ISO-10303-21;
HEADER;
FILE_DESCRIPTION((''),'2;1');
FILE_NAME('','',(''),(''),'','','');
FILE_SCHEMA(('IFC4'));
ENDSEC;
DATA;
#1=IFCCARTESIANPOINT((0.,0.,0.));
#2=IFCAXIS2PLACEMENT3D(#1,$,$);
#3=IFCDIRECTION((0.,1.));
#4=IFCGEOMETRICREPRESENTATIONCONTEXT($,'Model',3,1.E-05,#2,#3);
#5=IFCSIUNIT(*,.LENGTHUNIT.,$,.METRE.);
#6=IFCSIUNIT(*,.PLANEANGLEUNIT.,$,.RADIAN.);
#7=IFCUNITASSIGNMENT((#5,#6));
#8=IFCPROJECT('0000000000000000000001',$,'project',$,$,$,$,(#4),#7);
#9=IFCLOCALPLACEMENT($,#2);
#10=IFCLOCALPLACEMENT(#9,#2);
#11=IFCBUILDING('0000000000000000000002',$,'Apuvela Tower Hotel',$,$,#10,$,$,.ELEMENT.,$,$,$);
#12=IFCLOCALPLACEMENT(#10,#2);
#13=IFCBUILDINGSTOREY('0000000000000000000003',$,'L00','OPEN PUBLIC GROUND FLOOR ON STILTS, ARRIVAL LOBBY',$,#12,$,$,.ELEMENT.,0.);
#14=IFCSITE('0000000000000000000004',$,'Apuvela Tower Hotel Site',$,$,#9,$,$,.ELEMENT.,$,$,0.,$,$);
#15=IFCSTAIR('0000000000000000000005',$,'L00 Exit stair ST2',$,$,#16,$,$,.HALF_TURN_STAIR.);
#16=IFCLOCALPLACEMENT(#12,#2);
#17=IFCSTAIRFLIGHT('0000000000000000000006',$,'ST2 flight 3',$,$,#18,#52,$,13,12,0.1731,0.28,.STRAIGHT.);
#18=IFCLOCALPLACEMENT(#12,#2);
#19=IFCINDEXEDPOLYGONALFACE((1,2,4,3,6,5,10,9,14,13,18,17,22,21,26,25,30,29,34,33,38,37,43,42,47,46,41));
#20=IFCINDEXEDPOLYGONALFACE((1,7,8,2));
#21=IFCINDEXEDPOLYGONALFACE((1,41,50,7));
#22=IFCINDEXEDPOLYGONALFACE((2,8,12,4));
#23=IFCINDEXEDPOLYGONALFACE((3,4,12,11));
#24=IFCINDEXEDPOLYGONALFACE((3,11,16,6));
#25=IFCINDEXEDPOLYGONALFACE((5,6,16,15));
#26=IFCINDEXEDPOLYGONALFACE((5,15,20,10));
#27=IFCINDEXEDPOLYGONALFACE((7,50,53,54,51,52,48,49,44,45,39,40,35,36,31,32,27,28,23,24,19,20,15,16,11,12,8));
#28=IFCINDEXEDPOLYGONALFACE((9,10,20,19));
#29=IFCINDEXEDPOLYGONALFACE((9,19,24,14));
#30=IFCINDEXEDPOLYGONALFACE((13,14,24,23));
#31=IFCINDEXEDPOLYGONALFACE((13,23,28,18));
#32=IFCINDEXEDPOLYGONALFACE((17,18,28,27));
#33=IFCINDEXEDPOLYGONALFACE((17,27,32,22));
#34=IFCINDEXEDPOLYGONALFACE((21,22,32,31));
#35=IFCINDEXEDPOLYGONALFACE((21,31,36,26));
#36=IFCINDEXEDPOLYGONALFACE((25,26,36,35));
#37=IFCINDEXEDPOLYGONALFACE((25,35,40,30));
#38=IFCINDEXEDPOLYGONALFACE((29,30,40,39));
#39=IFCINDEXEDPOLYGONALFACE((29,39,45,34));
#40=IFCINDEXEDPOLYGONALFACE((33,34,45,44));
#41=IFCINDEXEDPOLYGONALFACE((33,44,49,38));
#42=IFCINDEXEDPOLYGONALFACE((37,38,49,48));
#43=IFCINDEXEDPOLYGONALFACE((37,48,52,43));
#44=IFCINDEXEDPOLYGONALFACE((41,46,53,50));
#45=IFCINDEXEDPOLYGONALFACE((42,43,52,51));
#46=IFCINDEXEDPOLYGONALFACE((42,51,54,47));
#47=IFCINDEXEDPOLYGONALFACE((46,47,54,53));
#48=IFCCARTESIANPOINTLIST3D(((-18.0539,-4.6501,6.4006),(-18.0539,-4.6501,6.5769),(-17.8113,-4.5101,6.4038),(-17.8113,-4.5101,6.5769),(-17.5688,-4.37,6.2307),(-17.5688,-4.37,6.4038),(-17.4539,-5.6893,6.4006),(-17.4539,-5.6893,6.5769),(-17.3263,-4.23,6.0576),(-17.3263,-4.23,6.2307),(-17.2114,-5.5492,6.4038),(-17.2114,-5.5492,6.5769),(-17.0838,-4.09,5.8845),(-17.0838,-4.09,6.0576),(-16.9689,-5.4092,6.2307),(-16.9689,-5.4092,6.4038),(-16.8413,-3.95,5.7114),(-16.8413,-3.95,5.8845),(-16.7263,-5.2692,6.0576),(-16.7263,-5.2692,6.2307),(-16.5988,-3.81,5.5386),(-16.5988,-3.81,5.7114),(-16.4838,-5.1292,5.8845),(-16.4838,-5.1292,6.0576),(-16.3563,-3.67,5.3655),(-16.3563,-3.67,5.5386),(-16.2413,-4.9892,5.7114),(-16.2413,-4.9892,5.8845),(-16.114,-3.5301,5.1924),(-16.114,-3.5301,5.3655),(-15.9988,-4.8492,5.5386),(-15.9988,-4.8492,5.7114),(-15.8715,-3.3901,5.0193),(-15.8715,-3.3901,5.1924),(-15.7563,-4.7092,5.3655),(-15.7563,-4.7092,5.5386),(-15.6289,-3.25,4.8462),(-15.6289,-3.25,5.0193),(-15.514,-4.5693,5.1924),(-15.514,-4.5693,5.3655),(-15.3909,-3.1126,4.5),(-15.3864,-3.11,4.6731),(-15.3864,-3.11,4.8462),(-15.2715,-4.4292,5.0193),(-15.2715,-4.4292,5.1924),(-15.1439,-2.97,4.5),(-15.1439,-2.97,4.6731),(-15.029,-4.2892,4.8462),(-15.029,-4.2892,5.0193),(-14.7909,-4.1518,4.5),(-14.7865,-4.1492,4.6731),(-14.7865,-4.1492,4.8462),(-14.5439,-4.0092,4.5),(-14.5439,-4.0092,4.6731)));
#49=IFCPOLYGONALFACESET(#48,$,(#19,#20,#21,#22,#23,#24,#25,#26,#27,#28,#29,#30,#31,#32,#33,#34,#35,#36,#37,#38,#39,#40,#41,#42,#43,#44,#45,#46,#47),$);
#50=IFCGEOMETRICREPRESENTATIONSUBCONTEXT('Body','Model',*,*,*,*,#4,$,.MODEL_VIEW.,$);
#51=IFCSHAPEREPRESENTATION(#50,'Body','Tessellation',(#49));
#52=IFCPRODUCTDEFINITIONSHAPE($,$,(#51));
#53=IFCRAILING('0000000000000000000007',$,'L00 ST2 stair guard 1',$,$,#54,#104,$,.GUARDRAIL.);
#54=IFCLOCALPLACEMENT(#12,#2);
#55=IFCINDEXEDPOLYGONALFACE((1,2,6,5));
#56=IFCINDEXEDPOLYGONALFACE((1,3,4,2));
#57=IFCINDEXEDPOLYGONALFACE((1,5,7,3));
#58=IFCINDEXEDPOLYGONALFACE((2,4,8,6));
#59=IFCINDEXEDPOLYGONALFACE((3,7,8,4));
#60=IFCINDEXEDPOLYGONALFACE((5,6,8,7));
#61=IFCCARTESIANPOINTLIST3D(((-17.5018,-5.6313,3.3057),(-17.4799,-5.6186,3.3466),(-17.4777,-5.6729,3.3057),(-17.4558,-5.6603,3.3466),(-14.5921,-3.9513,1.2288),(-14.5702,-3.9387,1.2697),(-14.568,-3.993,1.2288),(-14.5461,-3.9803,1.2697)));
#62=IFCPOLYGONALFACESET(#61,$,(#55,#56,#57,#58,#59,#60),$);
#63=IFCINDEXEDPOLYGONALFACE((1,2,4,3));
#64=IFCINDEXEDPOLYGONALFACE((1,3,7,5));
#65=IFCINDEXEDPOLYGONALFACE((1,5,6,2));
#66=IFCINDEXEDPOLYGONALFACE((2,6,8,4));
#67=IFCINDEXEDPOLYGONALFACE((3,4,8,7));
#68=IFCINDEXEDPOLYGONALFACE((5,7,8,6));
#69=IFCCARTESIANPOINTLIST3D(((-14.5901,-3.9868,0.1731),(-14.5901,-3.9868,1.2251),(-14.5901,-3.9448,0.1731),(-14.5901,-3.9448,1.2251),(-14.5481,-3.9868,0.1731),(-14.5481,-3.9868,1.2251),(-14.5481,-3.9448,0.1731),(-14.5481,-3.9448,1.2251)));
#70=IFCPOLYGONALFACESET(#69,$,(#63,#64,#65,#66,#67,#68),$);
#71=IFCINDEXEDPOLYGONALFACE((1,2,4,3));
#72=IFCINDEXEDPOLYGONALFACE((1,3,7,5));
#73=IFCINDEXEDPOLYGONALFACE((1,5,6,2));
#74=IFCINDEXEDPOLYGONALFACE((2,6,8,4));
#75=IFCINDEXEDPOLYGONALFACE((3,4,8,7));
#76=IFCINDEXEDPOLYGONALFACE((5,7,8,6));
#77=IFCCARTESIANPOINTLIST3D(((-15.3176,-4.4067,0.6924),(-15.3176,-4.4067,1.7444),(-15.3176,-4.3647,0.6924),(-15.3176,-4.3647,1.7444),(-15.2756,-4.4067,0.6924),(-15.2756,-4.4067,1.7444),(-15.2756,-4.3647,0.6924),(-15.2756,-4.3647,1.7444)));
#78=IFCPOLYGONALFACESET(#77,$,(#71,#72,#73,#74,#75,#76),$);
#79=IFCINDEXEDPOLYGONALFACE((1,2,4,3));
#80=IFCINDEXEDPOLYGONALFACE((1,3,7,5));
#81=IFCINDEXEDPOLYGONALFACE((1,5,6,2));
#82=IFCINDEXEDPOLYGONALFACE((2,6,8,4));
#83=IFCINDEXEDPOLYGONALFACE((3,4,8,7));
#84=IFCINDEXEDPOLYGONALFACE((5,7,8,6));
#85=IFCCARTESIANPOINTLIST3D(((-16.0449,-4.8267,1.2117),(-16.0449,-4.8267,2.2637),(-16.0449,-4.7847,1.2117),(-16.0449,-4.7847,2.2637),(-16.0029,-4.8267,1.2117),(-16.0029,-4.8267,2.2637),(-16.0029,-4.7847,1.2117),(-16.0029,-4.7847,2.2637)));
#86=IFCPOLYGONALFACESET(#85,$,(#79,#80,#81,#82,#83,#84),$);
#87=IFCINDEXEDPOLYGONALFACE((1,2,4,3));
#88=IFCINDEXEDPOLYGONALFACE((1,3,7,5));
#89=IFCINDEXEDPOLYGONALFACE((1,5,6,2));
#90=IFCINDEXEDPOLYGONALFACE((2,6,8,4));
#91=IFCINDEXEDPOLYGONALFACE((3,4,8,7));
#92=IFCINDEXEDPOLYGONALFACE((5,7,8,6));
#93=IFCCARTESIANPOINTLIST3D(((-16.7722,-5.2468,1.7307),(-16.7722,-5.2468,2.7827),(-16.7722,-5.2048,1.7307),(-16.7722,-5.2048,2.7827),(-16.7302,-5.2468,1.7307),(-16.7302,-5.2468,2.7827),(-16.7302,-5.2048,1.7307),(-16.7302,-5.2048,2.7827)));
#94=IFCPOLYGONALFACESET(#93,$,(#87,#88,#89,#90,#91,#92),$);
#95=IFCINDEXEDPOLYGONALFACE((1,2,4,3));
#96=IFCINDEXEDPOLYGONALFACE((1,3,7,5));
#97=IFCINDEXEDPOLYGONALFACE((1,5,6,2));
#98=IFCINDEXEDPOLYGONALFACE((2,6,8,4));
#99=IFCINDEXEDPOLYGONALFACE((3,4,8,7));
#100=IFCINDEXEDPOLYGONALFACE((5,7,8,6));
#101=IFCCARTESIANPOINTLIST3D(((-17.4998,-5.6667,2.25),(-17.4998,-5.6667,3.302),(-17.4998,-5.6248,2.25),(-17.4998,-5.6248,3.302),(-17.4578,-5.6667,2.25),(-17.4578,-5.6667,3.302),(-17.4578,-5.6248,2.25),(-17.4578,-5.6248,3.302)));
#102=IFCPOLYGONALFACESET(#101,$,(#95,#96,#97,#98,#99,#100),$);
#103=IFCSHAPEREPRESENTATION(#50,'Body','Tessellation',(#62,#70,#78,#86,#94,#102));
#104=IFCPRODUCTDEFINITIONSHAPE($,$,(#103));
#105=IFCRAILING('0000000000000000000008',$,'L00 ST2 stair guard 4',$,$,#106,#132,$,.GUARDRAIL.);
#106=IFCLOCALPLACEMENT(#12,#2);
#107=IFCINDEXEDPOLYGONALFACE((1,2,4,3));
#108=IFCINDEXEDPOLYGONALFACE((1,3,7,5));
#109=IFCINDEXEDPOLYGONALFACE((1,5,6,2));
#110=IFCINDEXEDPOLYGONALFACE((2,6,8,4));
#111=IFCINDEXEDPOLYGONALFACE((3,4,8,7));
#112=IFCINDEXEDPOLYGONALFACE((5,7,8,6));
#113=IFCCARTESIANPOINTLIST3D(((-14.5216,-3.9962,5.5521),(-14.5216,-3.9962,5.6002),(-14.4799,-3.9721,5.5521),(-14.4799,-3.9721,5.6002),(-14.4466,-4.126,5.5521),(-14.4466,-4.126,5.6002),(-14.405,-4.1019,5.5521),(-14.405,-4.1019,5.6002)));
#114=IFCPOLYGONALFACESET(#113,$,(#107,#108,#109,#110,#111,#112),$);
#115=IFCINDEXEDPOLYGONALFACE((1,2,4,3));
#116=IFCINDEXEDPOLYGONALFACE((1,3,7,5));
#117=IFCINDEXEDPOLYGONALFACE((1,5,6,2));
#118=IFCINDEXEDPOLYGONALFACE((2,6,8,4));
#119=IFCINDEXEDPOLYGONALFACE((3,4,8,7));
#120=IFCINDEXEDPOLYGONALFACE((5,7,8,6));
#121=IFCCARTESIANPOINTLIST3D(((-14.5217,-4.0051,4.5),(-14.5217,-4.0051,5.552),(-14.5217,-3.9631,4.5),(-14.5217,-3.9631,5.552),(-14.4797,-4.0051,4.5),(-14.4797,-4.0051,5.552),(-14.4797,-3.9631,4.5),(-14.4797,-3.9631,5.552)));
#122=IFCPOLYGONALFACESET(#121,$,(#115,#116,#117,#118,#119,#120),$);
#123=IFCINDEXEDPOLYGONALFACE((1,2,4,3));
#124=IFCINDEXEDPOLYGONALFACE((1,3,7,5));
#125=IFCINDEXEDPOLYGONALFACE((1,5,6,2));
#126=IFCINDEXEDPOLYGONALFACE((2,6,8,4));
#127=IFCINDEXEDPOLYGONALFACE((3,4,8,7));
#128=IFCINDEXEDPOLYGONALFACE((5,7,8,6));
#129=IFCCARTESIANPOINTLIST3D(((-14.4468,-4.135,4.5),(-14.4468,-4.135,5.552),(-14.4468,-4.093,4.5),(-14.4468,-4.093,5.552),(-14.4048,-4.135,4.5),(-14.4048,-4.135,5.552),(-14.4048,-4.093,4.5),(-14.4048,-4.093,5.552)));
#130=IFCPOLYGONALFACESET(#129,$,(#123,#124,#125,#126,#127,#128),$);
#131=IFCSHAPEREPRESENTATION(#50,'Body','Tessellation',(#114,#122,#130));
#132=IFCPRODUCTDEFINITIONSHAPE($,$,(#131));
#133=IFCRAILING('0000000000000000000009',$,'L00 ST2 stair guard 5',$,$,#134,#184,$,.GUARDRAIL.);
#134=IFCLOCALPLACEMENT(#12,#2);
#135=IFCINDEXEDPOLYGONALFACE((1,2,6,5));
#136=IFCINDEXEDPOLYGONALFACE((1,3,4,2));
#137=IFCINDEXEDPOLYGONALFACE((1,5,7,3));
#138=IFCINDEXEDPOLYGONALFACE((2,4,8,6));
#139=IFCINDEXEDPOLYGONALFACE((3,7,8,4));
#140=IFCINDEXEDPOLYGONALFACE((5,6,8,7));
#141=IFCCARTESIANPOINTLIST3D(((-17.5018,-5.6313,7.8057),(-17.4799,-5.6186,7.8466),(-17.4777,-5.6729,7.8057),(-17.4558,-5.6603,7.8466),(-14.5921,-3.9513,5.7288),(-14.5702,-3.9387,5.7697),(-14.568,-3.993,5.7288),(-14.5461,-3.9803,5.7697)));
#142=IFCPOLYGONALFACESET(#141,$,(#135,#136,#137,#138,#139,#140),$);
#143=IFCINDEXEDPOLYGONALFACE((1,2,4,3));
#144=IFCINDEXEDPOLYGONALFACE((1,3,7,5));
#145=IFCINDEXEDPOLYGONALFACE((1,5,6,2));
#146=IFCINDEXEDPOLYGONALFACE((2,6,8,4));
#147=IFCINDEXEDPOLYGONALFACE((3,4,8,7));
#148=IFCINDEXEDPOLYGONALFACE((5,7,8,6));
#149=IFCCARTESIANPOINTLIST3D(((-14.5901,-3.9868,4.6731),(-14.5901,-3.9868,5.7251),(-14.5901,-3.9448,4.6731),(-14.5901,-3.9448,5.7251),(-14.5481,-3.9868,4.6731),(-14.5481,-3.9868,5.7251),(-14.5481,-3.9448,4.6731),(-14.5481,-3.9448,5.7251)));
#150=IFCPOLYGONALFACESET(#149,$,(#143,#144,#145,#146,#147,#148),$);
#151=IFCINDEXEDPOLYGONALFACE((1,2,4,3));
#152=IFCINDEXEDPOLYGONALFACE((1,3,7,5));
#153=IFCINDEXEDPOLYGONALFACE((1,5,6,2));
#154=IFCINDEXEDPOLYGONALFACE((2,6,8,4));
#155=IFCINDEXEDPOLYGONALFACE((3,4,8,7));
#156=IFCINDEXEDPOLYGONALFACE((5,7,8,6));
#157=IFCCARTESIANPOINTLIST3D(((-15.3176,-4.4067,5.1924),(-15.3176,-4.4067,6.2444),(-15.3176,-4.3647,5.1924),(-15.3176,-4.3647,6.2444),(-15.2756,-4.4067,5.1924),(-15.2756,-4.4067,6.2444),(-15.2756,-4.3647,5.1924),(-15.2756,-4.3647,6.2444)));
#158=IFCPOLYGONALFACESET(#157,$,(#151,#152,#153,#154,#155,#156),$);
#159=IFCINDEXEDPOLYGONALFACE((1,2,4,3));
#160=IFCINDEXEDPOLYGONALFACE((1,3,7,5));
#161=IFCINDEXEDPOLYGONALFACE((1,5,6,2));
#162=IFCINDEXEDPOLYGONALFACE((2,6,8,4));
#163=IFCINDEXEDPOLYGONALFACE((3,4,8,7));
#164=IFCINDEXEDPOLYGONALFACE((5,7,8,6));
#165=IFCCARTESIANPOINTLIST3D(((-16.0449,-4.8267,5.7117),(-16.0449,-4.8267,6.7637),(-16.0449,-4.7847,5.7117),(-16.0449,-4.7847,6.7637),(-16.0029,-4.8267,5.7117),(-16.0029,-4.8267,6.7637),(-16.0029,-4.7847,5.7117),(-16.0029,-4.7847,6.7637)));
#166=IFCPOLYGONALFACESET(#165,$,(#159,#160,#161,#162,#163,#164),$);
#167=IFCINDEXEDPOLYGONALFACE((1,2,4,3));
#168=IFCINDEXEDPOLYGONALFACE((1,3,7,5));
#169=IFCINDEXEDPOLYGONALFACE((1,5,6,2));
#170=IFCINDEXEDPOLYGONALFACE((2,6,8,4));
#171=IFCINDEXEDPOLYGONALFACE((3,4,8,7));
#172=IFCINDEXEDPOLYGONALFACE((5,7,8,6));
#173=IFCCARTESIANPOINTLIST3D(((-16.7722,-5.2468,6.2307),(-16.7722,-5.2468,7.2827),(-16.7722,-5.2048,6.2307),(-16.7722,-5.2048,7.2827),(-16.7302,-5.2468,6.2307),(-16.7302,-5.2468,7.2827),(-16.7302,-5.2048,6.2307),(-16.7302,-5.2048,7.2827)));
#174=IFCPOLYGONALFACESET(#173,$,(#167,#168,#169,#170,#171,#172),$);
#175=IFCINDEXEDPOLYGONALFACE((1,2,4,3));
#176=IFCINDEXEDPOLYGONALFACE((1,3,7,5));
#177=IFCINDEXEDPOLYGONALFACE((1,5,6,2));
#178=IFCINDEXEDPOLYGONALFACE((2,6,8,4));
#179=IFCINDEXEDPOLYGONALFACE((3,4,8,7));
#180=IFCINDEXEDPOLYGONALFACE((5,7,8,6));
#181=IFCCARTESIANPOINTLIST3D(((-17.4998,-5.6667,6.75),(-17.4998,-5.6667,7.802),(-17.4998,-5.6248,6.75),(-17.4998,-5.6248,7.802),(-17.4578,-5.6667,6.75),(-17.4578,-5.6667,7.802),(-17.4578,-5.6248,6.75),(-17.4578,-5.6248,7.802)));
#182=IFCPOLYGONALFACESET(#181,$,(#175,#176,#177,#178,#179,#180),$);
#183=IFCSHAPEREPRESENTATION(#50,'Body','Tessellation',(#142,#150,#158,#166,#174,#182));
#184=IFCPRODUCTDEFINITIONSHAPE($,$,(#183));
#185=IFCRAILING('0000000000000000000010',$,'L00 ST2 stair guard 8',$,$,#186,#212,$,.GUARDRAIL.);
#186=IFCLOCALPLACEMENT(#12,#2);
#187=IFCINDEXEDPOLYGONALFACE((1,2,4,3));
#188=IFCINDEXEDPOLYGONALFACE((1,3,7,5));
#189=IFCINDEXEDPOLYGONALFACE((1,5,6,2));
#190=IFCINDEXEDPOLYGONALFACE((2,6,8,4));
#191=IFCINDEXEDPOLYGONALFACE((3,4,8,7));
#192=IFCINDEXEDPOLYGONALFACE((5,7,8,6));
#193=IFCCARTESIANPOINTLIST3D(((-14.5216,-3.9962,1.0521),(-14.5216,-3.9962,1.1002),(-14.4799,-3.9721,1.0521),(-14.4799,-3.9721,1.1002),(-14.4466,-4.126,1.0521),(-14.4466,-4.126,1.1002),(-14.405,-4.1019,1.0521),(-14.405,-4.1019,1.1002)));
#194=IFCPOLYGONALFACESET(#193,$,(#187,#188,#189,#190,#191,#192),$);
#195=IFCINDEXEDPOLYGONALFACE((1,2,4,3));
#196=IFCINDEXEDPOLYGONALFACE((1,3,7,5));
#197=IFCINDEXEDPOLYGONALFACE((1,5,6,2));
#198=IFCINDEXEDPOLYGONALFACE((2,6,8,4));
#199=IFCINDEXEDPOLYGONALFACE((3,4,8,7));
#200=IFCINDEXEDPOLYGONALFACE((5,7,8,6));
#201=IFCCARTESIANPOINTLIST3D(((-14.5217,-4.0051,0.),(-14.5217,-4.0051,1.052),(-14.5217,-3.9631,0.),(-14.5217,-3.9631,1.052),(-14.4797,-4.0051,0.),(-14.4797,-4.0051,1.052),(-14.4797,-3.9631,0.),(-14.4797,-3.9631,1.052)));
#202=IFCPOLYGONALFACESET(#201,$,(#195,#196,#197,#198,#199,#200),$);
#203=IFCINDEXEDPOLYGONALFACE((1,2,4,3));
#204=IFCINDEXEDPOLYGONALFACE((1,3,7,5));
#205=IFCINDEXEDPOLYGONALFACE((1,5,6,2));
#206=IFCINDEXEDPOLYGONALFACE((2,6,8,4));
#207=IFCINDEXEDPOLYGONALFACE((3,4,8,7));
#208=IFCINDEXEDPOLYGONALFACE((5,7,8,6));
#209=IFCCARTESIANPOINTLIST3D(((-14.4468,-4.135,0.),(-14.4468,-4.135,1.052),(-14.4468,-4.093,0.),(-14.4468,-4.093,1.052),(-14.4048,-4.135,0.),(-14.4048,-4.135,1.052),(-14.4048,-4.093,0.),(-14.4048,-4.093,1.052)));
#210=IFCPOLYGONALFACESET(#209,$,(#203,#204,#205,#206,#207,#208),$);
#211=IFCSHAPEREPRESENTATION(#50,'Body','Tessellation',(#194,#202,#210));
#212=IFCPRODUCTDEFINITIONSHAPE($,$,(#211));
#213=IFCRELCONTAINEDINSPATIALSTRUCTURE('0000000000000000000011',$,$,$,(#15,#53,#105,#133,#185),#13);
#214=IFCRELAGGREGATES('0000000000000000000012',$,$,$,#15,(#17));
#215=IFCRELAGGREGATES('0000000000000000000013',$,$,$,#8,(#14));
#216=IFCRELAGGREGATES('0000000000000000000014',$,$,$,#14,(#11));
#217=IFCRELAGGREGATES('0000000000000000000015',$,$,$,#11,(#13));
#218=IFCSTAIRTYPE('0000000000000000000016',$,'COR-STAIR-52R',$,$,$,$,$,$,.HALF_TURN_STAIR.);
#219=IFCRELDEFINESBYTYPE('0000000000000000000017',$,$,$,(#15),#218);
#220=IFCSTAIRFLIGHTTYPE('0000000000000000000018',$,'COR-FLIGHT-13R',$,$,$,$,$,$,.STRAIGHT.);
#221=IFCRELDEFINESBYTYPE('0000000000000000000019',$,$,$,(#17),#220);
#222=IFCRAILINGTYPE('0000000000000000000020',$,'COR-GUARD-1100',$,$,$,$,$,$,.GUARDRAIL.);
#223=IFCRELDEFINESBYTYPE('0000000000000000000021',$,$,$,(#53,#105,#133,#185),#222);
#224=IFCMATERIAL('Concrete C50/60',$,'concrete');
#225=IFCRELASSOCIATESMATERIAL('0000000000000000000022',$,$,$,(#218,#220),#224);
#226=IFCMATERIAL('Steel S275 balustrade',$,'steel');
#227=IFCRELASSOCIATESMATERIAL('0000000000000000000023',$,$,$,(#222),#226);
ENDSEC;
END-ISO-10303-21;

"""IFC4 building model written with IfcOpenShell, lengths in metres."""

from ifc_helpers import new_model, si_unit, direction, frame, origin, origin_2d, place, context, subcontext, project, spatial, polyline, rectangle, outline, extrude, material, type_object, element, aggregate, save


model = new_model("IFC4")

# Units and contexts
model_context = context("Model", 3, precision=1e-05, world=origin(), true_north=direction((0.0, 1.0)))
body_context = subcontext(model_context, "Body", "Model", "MODEL_VIEW")
ifc_project = project(units=[si_unit("LENGTHUNIT", "METRE"), si_unit("PLANEANGLEUNIT", "RADIAN")], contexts=[model_context])

# Site, building, storey
site_placement = place(None, origin())
site = spatial("IfcSite", under=ifc_project, at=site_placement, Name="Apuvela Tower Hotel Site", CompositionType="ELEMENT", RefElevation=0.0)
building_placement = place(site_placement, origin())
building = spatial("IfcBuilding", under=site, at=building_placement, Name="Apuvela Tower Hotel", CompositionType="ELEMENT")
storey_placement = place(building_placement, origin())
storey = spatial("IfcBuildingStorey", under=building, at=storey_placement, Name="L00", Description="OPEN PUBLIC GROUND FLOOR ON STILTS, ARRIVAL LOBBY", CompositionType="ELEMENT", Elevation=0.0)

# Shared definitions
ifc_material_1 = material(Name="Concrete C50/60", Category="concrete")

# Stair, stair flight
stair_type = type_object("IfcStairType", Name="COR-STAIR-52R", PredefinedType="HALF_TURN_STAIR", material=ifc_material_1)
stair_placement = place(storey_placement, origin())
stair = element("IfcStair", 1, at=stair_placement, inside=storey, type_object=stair_type, Name="L00 Exit stair ST2", PredefinedType="HALF_TURN_STAIR")
stair_flight_type = type_object("IfcStairFlightType", Name="COR-FLIGHT-13R", PredefinedType="STRAIGHT", material=ifc_material_1)
stair_flight_1_placement = place(storey_placement, frame((-14.844, -3.4895, 4.5), z_axis=(0.0, 0.0, 1.0), x_axis=(-0.866025, -0.5, 0.0)))
stair_flight_1 = element("IfcStairFlight", 2, at=stair_flight_1_placement, type_object=stair_flight_type, Name="ST2 flight 3", NumberOfRisers=13, NumberOfTreads=12, PredefinedType="STRAIGHT", RiserHeight=0.1731, TreadLength=0.28, context=body_context, shape_type="SweptSolid", body=[
    extrude(outline(polyline([(0.0, 0.0), (0.0, 0.1731), (0.28, 0.1731), (0.28, 0.3462), (0.5601, 0.3462), (0.5601, 0.5193), (0.8401, 0.5193), (0.8401, 0.6924), (1.1201, 0.6924), (1.1201, 0.8655), (1.3999, 0.8655), (1.3999, 1.0386), (1.6799, 1.0386), (1.6799, 1.2114), (1.96, 1.2114), (1.96, 1.3845), (2.24, 1.3845), (2.24, 1.5576), (2.52, 1.5576), (2.52, 1.7307), (2.8, 1.7307), (2.8, 1.9038), (3.0801, 1.9038), (3.0801, 2.0769), (3.3601, 2.0769), (3.3601, 2.25), (3.3601, 1.9006), (0.2852, 0.0), (0.0, 0.0)])), frame((0.0, 0.6001, 0.0), z_axis=(0.0, -1.0, 0.0), x_axis=(1.0, 0.0, 0.0)), (0.0, 0.0, 1.0), 1.2),
])
aggregate(stair, [stair_flight_1])

# Railings
ifc_material_2 = material(Name="Steel S275 balustrade", Category="steel")
railing_type_1 = type_object("IfcRailingType", Name="COR-GUARD-1100", PredefinedType="GUARDRAIL", material=ifc_material_2)
railing_1_placement = place(storey_placement, frame((-14.5691, -3.9658, 0.1731)))
element("IfcRailing", 3, at=railing_1_placement, inside=storey, type_object=railing_type_1, Name="L00 ST2 stair guard 1", PredefinedType="GUARDRAIL", context=body_context, shape_type="SweptSolid", body=[
    extrude(rectangle(XDim=0.0481, YDim=0.0481, at=origin_2d()), frame((0.0, 0.0, 1.0762), z_axis=(-0.73664, -0.425308, 0.525809), x_axis=(0.500008, -0.866021, 0.0)), (0.0, 0.0, 1.0), 3.95),
    extrude(rectangle(XDim=0.042, YDim=0.042, at=origin_2d()), origin(), (0.0, 0.0, 1.0), 1.052),
    extrude(rectangle(XDim=0.042, YDim=0.042, at=origin_2d()), frame((-0.7275, -0.4199, 0.5193)), (0.0, 0.0, 1.0), 1.052),
    extrude(rectangle(XDim=0.042, YDim=0.042, at=origin_2d()), frame((-1.4548, -0.8398, 1.0386)), (0.0, 0.0, 1.0), 1.052),
    extrude(rectangle(XDim=0.042, YDim=0.042, at=origin_2d()), frame((-2.1821, -1.26, 1.5576)), (0.0, 0.0, 1.0), 1.052),
    extrude(rectangle(XDim=0.042, YDim=0.042, at=origin_2d()), frame((-2.9097, -1.6799, 2.0769)), (0.0, 0.0, 1.0), 1.052),
])
railing_2_placement = place(storey_placement, frame((-14.5007, -3.9841, 4.5)))
element("IfcRailing", 4, at=railing_2_placement, inside=storey, type_object=railing_type_1, Name="L00 ST2 stair guard 4", PredefinedType="GUARDRAIL", context=body_context, shape_type="SweptSolid", body=[
    extrude(rectangle(XDim=0.0481, YDim=0.0481, at=origin_2d()), frame((0.0, 0.0, 1.0762), z_axis=(0.499816, -0.866131, 0.0), x_axis=(0.866131, 0.499816, 0.0)), (0.0, 0.0, 1.0), 0.1499),
    extrude(rectangle(XDim=0.042, YDim=0.042, at=origin_2d()), origin(), (0.0, 0.0, 1.0), 1.052),
    extrude(rectangle(XDim=0.042, YDim=0.042, at=origin_2d()), frame((0.075, -0.1299, 0.0)), (0.0, 0.0, 1.0), 1.052),
])
railing_3_placement = place(storey_placement, frame((-14.5691, -3.9658, 4.6731)))
element("IfcRailing", 5, at=railing_3_placement, inside=storey, type_object=railing_type_1, Name="L00 ST2 stair guard 5", PredefinedType="GUARDRAIL", context=body_context, shape_type="SweptSolid", body=[
    extrude(rectangle(XDim=0.0481, YDim=0.0481, at=origin_2d()), frame((0.0, 0.0, 1.0762), z_axis=(-0.73664, -0.425308, 0.525809), x_axis=(0.500008, -0.866021, 0.0)), (0.0, 0.0, 1.0), 3.95),
    extrude(rectangle(XDim=0.042, YDim=0.042, at=origin_2d()), origin(), (0.0, 0.0, 1.0), 1.052),
    extrude(rectangle(XDim=0.042, YDim=0.042, at=origin_2d()), frame((-0.7275, -0.4199, 0.5193)), (0.0, 0.0, 1.0), 1.052),
    extrude(rectangle(XDim=0.042, YDim=0.042, at=origin_2d()), frame((-1.4548, -0.8398, 1.0386)), (0.0, 0.0, 1.0), 1.052),
    extrude(rectangle(XDim=0.042, YDim=0.042, at=origin_2d()), frame((-2.1821, -1.26, 1.5576)), (0.0, 0.0, 1.0), 1.052),
    extrude(rectangle(XDim=0.042, YDim=0.042, at=origin_2d()), frame((-2.9097, -1.6799, 2.0769)), (0.0, 0.0, 1.0), 1.052),
])
railing_4_placement = place(storey_placement, frame((-14.5007, -3.9841, 0.0)))
element("IfcRailing", 6, at=railing_4_placement, inside=storey, type_object=railing_type_1, Name="L00 ST2 stair guard 8", PredefinedType="GUARDRAIL", context=body_context, shape_type="SweptSolid", body=[
    extrude(rectangle(XDim=0.0481, YDim=0.0481, at=origin_2d()), frame((0.0, 0.0, 1.0762), z_axis=(0.499816, -0.866131, 0.0), x_axis=(0.866131, 0.499816, 0.0)), (0.0, 0.0, 1.0), 0.1499),
    extrude(rectangle(XDim=0.042, YDim=0.042, at=origin_2d()), origin(), (0.0, 0.0, 1.0), 1.052),
    extrude(rectangle(XDim=0.042, YDim=0.042, at=origin_2d()), frame((0.075, -0.1299, 0.0)), (0.0, 0.0, 1.0), 1.052),
])

save(model, "model.ifc")
